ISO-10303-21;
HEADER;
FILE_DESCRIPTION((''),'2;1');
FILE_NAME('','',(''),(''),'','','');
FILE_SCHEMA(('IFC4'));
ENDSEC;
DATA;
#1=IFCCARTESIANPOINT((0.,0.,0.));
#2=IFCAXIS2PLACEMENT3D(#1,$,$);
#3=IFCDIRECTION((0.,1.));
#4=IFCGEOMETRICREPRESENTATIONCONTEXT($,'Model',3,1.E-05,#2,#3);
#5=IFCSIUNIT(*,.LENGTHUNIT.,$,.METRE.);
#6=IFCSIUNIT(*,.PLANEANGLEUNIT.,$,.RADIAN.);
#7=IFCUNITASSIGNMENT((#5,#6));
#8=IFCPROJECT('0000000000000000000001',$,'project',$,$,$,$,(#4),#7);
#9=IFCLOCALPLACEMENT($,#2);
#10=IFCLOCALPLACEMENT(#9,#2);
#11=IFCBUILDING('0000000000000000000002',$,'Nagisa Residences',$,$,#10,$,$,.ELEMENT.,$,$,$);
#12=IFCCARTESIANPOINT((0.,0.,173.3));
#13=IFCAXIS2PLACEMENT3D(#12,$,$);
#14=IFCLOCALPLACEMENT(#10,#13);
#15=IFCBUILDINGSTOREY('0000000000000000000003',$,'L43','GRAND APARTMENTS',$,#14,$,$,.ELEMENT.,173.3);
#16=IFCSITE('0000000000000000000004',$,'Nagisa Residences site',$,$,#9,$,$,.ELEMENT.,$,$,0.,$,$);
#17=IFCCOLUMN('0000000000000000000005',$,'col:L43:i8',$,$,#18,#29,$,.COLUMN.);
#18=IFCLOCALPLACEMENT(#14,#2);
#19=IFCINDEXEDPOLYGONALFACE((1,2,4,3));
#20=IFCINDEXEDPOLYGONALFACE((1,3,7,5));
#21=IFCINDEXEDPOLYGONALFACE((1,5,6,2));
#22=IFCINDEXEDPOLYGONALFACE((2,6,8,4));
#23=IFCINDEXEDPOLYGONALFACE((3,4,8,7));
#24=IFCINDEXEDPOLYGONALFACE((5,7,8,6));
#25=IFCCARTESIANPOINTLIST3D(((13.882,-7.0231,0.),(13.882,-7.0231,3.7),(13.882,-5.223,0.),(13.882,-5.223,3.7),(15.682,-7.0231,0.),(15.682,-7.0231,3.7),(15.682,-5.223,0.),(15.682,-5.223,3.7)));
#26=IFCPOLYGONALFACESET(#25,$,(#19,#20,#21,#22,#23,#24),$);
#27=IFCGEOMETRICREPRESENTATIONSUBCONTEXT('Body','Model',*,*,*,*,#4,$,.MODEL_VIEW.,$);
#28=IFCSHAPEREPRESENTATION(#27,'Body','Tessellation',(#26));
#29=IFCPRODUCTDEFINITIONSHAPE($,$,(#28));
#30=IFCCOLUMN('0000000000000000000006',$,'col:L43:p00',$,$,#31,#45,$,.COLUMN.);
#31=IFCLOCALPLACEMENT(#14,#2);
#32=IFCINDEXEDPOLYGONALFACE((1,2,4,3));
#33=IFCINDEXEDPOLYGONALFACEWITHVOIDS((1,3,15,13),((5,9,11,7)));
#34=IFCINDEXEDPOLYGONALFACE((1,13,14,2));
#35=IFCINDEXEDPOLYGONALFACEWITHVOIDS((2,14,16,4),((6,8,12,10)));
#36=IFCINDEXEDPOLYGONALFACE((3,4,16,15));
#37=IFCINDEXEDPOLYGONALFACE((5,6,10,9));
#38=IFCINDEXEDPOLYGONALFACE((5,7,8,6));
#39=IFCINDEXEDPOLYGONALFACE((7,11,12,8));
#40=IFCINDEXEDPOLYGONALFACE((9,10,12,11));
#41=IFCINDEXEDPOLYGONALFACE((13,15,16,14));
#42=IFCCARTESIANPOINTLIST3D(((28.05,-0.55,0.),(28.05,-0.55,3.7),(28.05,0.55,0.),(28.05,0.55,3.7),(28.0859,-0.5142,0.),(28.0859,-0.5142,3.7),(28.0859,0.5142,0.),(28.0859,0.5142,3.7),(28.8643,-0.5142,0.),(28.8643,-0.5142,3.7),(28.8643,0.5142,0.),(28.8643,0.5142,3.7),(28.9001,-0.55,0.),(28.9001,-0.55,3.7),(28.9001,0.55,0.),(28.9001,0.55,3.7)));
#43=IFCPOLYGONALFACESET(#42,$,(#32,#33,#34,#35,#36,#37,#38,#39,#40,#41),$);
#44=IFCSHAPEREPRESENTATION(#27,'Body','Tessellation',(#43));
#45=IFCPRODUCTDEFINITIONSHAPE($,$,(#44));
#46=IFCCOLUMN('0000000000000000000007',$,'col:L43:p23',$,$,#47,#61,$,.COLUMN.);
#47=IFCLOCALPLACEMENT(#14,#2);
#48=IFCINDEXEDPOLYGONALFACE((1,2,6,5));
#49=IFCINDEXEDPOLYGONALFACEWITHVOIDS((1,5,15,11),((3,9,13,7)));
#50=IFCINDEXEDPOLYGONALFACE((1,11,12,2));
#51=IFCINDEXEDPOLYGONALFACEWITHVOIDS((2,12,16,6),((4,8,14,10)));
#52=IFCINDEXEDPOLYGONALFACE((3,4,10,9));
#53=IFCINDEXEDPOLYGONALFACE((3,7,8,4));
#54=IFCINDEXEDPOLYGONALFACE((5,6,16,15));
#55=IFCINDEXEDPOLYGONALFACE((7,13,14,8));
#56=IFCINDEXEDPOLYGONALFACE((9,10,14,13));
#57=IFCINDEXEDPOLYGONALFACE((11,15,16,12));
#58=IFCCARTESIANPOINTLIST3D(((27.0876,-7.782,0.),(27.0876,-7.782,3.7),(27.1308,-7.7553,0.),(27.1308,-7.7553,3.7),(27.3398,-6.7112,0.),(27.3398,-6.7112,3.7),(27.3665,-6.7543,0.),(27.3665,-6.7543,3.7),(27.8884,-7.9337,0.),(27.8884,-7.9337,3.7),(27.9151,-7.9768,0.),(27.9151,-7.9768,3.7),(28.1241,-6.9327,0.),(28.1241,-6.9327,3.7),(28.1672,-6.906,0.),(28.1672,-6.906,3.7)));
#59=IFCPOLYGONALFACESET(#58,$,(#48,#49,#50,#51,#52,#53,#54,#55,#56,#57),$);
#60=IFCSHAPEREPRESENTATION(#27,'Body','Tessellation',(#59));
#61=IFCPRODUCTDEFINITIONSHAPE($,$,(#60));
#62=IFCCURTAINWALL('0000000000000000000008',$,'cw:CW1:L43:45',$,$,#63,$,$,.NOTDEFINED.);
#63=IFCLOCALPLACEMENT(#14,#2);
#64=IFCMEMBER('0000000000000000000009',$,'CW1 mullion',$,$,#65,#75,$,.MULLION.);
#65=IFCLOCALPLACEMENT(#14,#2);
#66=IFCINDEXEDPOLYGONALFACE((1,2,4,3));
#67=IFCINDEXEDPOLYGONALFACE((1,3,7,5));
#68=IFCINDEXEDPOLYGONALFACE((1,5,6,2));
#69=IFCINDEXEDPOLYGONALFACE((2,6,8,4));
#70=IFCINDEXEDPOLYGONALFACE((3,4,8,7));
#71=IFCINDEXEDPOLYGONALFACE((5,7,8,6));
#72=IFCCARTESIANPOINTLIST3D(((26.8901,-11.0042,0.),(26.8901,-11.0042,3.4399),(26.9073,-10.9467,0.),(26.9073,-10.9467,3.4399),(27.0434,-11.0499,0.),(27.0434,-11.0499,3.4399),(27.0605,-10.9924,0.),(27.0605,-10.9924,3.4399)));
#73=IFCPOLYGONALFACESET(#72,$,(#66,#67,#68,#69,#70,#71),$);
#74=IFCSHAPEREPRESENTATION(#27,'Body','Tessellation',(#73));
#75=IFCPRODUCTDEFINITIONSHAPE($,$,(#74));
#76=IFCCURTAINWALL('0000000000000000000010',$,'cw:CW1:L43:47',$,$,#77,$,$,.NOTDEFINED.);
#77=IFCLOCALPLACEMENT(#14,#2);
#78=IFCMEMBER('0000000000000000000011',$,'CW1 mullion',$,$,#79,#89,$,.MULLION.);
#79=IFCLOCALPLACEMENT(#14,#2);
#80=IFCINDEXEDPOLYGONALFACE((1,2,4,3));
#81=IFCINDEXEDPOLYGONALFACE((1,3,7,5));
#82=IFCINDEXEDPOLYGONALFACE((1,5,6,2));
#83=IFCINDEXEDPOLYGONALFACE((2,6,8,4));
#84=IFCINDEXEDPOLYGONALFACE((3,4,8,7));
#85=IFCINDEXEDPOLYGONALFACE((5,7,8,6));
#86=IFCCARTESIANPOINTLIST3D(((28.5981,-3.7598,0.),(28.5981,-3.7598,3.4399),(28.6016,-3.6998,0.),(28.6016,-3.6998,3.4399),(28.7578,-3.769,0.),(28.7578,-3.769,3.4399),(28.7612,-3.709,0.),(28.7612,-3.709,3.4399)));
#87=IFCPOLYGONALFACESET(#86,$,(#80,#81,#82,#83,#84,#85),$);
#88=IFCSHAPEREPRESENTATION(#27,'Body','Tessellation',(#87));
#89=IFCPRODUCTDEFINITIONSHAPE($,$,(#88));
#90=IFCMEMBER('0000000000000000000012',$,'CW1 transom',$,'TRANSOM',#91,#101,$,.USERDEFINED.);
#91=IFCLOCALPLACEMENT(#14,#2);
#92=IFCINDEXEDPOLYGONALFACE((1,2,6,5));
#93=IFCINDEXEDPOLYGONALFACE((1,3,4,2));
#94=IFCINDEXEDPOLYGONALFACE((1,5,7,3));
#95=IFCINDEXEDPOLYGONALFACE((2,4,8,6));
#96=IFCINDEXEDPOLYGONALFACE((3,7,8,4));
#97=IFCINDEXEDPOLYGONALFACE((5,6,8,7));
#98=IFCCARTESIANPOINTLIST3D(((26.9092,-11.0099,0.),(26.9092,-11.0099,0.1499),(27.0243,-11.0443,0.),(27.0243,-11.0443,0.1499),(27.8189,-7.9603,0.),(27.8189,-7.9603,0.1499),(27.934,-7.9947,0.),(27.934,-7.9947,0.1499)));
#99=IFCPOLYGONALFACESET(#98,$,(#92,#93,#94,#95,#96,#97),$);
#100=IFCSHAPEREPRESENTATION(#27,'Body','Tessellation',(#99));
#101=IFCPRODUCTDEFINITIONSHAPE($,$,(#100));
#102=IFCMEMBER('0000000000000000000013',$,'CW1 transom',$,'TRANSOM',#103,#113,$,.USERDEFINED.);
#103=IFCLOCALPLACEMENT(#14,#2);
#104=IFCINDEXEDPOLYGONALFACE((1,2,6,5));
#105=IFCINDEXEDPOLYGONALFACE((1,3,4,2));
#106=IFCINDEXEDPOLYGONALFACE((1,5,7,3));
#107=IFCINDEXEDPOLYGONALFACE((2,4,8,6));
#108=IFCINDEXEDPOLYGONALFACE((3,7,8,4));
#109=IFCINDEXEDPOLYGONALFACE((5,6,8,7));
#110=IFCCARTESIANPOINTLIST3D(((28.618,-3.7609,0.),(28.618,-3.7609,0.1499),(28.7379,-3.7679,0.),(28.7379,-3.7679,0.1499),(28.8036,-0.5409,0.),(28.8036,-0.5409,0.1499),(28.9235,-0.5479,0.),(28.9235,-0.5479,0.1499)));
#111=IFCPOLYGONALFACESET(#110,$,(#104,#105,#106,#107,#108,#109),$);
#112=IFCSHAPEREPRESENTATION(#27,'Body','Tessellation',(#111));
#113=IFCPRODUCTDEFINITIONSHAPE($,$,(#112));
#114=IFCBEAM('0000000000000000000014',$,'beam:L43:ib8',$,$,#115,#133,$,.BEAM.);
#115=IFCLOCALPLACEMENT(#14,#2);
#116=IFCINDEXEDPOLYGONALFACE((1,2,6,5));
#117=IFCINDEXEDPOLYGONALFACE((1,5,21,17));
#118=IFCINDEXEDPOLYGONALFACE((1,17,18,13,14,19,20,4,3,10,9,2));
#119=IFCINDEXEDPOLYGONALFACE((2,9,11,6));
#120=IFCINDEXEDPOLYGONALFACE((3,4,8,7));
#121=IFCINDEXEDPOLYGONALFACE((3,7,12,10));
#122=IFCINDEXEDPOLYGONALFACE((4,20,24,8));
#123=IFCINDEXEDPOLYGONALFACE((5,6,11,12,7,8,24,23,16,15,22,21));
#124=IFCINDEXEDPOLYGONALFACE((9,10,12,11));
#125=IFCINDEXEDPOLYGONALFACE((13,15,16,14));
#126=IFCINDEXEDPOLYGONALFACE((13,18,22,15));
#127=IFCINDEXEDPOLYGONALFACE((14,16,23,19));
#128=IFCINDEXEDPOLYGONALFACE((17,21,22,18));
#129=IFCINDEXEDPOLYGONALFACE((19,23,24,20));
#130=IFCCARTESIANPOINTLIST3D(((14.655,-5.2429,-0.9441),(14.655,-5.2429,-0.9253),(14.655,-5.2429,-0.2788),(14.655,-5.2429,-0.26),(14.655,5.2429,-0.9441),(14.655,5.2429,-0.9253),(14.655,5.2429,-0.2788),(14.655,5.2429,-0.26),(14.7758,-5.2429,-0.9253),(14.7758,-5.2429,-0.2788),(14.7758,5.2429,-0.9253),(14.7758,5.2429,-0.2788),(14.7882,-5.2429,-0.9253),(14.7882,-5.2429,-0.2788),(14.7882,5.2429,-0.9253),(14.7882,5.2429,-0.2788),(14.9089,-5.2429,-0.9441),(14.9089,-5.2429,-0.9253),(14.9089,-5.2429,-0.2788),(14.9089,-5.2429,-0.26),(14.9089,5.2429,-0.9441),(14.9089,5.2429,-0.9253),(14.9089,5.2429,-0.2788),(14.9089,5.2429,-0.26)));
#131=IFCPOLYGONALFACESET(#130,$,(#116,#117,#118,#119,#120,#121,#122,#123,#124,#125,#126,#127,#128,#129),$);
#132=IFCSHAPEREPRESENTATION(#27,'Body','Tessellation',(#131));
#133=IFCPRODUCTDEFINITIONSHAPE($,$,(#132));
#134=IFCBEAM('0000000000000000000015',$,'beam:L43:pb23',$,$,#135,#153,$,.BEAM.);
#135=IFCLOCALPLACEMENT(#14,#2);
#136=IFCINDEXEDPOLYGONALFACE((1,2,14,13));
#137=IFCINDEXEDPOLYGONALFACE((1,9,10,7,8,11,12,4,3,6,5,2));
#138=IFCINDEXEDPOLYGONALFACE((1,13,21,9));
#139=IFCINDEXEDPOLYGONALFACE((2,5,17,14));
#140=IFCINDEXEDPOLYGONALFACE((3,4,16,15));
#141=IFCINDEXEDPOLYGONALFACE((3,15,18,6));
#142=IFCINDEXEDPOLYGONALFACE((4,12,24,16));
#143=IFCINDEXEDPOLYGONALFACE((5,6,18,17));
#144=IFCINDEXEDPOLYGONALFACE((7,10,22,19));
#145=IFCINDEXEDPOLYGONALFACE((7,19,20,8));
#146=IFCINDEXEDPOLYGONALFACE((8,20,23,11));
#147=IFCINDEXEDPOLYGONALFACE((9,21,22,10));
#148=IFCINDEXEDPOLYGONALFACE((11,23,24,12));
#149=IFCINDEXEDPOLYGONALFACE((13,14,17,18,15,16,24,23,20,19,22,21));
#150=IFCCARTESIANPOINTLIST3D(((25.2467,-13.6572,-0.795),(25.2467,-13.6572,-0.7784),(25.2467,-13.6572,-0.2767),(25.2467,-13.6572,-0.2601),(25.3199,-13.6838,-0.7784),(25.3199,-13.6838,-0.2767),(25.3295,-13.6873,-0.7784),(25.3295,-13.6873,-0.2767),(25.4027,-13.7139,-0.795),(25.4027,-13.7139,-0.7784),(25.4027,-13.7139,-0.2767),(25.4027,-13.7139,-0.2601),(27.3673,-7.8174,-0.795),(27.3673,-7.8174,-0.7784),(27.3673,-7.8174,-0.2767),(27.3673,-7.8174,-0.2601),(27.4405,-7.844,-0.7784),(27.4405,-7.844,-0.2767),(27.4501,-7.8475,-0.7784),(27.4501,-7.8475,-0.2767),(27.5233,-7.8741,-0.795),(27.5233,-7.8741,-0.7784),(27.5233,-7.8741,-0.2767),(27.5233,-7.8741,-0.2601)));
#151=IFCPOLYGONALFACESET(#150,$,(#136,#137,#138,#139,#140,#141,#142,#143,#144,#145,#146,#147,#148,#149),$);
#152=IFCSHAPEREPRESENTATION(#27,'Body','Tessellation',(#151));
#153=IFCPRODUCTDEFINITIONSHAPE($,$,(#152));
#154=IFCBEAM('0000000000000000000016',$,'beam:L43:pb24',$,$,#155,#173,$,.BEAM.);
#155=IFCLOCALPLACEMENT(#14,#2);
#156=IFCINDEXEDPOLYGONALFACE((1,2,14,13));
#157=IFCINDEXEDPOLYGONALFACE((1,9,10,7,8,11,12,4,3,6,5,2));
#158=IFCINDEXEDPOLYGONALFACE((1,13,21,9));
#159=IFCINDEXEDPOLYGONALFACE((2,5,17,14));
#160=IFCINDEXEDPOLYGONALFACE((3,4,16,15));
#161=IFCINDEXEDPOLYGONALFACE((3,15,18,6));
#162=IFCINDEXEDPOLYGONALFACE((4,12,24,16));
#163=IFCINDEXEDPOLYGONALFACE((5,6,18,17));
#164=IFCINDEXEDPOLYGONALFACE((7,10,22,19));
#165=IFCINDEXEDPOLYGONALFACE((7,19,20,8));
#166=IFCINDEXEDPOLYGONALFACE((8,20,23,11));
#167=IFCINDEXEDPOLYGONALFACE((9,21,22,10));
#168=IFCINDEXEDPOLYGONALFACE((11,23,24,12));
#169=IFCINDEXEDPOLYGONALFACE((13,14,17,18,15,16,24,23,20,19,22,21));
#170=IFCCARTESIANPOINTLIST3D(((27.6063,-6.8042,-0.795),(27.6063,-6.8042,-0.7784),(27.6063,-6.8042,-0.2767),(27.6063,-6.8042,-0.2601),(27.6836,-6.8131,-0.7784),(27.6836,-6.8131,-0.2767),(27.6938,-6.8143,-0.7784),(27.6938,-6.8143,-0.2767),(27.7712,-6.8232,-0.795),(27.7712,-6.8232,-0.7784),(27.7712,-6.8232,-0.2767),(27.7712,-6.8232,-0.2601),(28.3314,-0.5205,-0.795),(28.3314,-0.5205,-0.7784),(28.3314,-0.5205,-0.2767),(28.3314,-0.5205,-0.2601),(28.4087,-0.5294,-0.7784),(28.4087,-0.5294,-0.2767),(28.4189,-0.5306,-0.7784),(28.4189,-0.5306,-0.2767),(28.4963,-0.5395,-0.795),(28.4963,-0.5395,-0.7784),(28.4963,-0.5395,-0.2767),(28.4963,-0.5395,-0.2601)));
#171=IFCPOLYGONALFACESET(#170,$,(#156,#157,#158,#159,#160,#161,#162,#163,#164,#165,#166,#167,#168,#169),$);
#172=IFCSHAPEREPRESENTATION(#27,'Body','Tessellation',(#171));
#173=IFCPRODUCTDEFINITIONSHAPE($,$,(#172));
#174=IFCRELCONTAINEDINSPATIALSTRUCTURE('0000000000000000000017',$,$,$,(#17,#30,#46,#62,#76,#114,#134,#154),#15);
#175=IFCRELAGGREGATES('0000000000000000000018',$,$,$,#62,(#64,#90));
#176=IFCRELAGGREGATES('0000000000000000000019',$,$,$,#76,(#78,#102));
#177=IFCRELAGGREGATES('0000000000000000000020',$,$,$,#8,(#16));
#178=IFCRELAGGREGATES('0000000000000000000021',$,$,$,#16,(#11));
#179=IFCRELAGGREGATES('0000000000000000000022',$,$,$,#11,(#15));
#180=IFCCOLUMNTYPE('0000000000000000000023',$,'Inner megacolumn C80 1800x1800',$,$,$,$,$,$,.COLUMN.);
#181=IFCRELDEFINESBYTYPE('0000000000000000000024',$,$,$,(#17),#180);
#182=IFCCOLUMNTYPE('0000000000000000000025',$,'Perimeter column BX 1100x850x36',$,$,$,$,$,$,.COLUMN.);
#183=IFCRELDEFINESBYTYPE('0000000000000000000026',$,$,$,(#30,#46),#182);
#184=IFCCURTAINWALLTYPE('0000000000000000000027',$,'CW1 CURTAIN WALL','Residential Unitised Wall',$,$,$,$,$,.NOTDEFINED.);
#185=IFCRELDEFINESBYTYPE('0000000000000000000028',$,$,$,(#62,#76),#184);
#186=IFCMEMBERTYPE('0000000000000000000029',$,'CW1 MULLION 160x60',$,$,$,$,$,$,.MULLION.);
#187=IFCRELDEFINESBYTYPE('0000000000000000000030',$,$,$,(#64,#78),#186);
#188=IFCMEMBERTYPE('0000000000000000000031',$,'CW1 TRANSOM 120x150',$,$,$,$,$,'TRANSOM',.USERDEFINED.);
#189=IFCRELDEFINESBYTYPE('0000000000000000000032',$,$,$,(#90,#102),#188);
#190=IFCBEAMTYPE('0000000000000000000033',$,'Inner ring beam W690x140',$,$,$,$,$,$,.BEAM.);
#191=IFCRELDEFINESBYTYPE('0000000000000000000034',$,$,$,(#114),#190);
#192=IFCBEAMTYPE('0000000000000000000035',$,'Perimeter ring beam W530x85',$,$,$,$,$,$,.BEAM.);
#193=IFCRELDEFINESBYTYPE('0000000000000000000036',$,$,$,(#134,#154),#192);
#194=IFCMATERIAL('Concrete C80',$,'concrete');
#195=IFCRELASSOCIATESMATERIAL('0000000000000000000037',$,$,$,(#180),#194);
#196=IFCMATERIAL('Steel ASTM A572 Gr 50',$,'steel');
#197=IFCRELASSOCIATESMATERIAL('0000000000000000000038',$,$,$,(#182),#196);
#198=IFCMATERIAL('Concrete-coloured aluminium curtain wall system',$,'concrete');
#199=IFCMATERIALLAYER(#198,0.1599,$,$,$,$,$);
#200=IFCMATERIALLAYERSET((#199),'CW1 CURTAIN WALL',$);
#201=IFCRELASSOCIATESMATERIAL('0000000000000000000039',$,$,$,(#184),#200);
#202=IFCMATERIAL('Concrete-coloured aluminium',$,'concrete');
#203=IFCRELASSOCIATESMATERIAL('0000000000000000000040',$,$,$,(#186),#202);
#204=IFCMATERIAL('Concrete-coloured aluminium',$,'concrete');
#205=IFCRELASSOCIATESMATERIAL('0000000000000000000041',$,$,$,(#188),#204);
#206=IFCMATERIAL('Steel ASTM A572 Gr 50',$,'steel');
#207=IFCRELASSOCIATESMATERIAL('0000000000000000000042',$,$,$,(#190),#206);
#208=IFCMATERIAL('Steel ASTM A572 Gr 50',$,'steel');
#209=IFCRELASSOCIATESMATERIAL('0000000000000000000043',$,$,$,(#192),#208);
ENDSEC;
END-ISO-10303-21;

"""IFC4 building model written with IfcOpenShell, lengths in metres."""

from ifc_helpers import new_model, si_unit, direction, frame, origin, origin_2d, place, context, subcontext, project, spatial, rectangle, hollow_rectangle, i_section, extrude, material, layer, layer_set, material_profile, profile_set, type_object, element, aggregate, save


model = new_model("IFC4")

# Units and contexts
model_context = context("Model", 3, precision=1e-05, world=origin(), true_north=direction((0.0, 1.0)))
body_context = subcontext(model_context, "Body", "Model", "MODEL_VIEW")
ifc_project = project(units=[si_unit("LENGTHUNIT", "METRE"), si_unit("PLANEANGLEUNIT", "RADIAN")], contexts=[model_context])

# Site, building, storey
site_placement = place(None, origin())
site = spatial("IfcSite", under=ifc_project, at=site_placement, Name="Nagisa Residences site", CompositionType="ELEMENT", RefElevation=0.0)
building_placement = place(site_placement, origin())
building = spatial("IfcBuilding", under=site, at=building_placement, Name="Nagisa Residences", CompositionType="ELEMENT")
storey_placement = place(building_placement, frame((0.0, 0.0, 173.3)))
storey = spatial("IfcBuildingStorey", under=building, at=storey_placement, Name="L43", Description="GRAND APARTMENTS", CompositionType="ELEMENT", Elevation=173.3)

# Columns
ifc_material_1 = material(Name="Concrete C80", Category="concrete")
ifc_material_profile_1 = material_profile(ifc_material_1, rectangle(XDim=1.8, YDim=1.8, at=origin_2d()), Name="C80 1800x1800")
ifc_profile_set_1 = profile_set([ifc_material_profile_1], Name="Concrete C80")
column_type_1 = type_object("IfcColumnType", Name="Inner megacolumn C80 1800x1800", PredefinedType="COLUMN", material=ifc_profile_set_1)
column_placement = place(storey_placement, frame((14.782, -6.123, 0.0), z_axis=(0.0, 0.0, 1.0), x_axis=(1.0, 0.0, 0.0)))
element("IfcColumn", 1, at=column_placement, inside=storey, type_object=column_type_1, Name="col:L43:i8", PredefinedType="COLUMN", context=body_context, shape_type="SweptSolid", body=[
    extrude(rectangle(XDim=1.8, YDim=1.8, at=origin_2d()), origin(), (0.0, 0.0, 1.0), 3.7),
])
ifc_material_2 = material(Name="Steel ASTM A572 Gr 50", Category="steel")
ifc_material_profile_2 = material_profile(ifc_material_2, hollow_rectangle(XDim=1.1001, YDim=0.8501, WallThickness=0.0359, at=origin_2d()), Name="BX 1100x850x36")
ifc_profile_set_2 = profile_set([ifc_material_profile_2], Name="Steel ASTM A572 Gr 50")
column_type_2 = type_object("IfcColumnType", Name="Perimeter column BX 1100x850x36", PredefinedType="COLUMN", material=ifc_profile_set_2)
for number, where, z_axis, x_axis, name in (
    (2, (28.4751, 0.0, 0.0), (0.0, 0.0, 1.0), (0.0, 1.0, 0.0), "col:L43:p00"),
    (3, (27.6274, -7.344, 0.0), (0.0, 0.0, 1.0), (0.229202, 0.973379, 0.0), "col:L43:p23"),
):
    element("IfcColumn", number, at=place(storey_placement, frame(where, z_axis=z_axis, x_axis=x_axis)), inside=storey, type_object=column_type_2, Name=name, PredefinedType="COLUMN", context=body_context, shape_type="SweptSolid", body=[
        extrude(hollow_rectangle(XDim=1.1001, YDim=0.8501, WallThickness=0.0359, at=origin_2d()), origin(), (0.0, 0.0, 1.0), 3.7),
    ])

# Curtain walls, members
ifc_material_3 = material(Name="Concrete-coloured aluminium curtain wall system", Category="concrete")
ifc_layer_1 = layer(ifc_material_3, 0.1599)
ifc_layer_set_1 = layer_set([ifc_layer_1], Name="CW1 CURTAIN WALL")
curtain_wall_type = type_object("IfcCurtainWallType", Name="CW1 CURTAIN WALL", Description="Residential Unitised Wall", PredefinedType="NOTDEFINED", material=ifc_layer_set_1)
curtain_wall_1_placement = place(storey_placement, origin())
curtain_wall_1 = element("IfcCurtainWall", 4, at=curtain_wall_1_placement, inside=storey, type_object=curtain_wall_type, Name="cw:CW1:L43:45", PredefinedType="NOTDEFINED")
ifc_material_4 = material(Name="Concrete-coloured aluminium", Category="concrete")
ifc_material_profile_3 = material_profile(ifc_material_4, rectangle(XDim=0.1599, YDim=0.0601, at=origin_2d()), Name="CW1 MULLION 160x60")
ifc_profile_set_3 = profile_set([ifc_material_profile_3], Name="Concrete-coloured aluminium")
member_type_1 = type_object("IfcMemberType", Name="CW1 MULLION 160x60", PredefinedType="MULLION", material=ifc_profile_set_3)
member_1_placement = place(storey_placement, frame((26.9753, -10.9983, 0.0), z_axis=(0.0, 0.0, 1.0), x_axis=(-0.958271, 0.28586, 0.0)))
member_1 = element("IfcMember", 5, at=member_1_placement, type_object=member_type_1, Name="CW1 mullion", PredefinedType="MULLION", context=body_context, shape_type="SweptSolid", body=[
    extrude(rectangle(XDim=0.1599, YDim=0.0601, at=origin_2d()), origin(), (0.0, 0.0, 1.0), 3.4399),
])
curtain_wall_2_placement = place(storey_placement, origin())
curtain_wall_2 = element("IfcCurtainWall", 6, at=curtain_wall_2_placement, inside=storey, type_object=curtain_wall_type, Name="cw:CW1:L43:47", PredefinedType="NOTDEFINED")
member_2_placement = place(storey_placement, frame((28.6797, -3.7344, 0.0), z_axis=(0.0, 0.0, 1.0), x_axis=(-0.998345, 0.057503, 0.0)))
member_2 = element("IfcMember", 7, at=member_2_placement, type_object=member_type_1, Name="CW1 mullion", PredefinedType="MULLION", context=body_context, shape_type="SweptSolid", body=[
    extrude(rectangle(XDim=0.1599, YDim=0.0601, at=origin_2d()), origin(), (0.0, 0.0, 1.0), 3.4399),
])

# Members
ifc_material_5 = material(Name="Concrete-coloured aluminium", Category="concrete")
ifc_material_profile_4 = material_profile(ifc_material_5, rectangle(XDim=0.1201, YDim=0.1499, at=origin_2d()), Name="CW1 TRANSOM 120x150")
ifc_profile_set_4 = profile_set([ifc_material_profile_4], Name="Concrete-coloured aluminium")
member_type_2 = type_object("IfcMemberType", Name="CW1 TRANSOM 120x150", ElementType="TRANSOM", PredefinedType="USERDEFINED", material=ifc_profile_set_4)
member_3_placement = place(storey_placement, frame((26.9668, -11.0271, 0.075), z_axis=(0.285848, 0.958275, 0.0), x_axis=(-0.958275, 0.285848, 0.0)))
member_3 = element("IfcMember", 8, at=member_3_placement, type_object=member_type_2, Name="CW1 transom", ObjectType="TRANSOM", PredefinedType="USERDEFINED", context=body_context, shape_type="SweptSolid", body=[
    extrude(rectangle(XDim=0.1201, YDim=0.1499, at=origin_2d()), origin(), (0.0, 0.0, 1.0), 3.1824),
])
member_4_placement = place(storey_placement, frame((28.678, -3.7644, 0.075), z_axis=(0.057528, 0.998344, 0.0), x_axis=(-0.998344, 0.057528, 0.0)))
member_4 = element("IfcMember", 9, at=member_4_placement, type_object=member_type_2, Name="CW1 transom", ObjectType="TRANSOM", PredefinedType="USERDEFINED", context=body_context, shape_type="SweptSolid", body=[
    extrude(rectangle(XDim=0.1201, YDim=0.1499, at=origin_2d()), origin(), (0.0, 0.0, 1.0), 3.2253),
])

# Beams
ifc_material_6 = material(Name="Steel ASTM A572 Gr 50", Category="steel")
ifc_material_profile_5 = material_profile(ifc_material_6, i_section(OverallWidth=0.2539, OverallDepth=0.6841, WebThickness=0.0125, FlangeThickness=0.0188, at=origin_2d()), Name="W690x140")
ifc_profile_set_5 = profile_set([ifc_material_profile_5], Name="Steel ASTM A572 Gr 50")
beam_type_1 = type_object("IfcBeamType", Name="Inner ring beam W690x140", PredefinedType="BEAM", material=ifc_profile_set_5)
beam_1_placement = place(storey_placement, frame((14.782, -5.2429, -0.6021), z_axis=(0.0, 1.0, 0.0), x_axis=(-1.0, 0.0, 0.0)))
element("IfcBeam", 10, at=beam_1_placement, inside=storey, type_object=beam_type_1, Name="beam:L43:ib8", PredefinedType="BEAM", context=body_context, shape_type="SweptSolid", body=[
    extrude(i_section(OverallWidth=0.2539, OverallDepth=0.6841, WebThickness=0.0125, FlangeThickness=0.0188, at=origin_2d()), origin(), (0.0, 0.0, 1.0), 10.4858),
])
ifc_material_7 = material(Name="Steel ASTM A572 Gr 50", Category="steel")
ifc_material_profile_6 = material_profile(ifc_material_7, i_section(OverallWidth=0.166, OverallDepth=0.5349, WebThickness=0.0103, FlangeThickness=0.0166, at=origin_2d()), Name="W530x85")
ifc_profile_set_6 = profile_set([ifc_material_profile_6], Name="Steel ASTM A572 Gr 50")
beam_type_2 = type_object("IfcBeamType", Name="Perimeter ring beam W530x85", PredefinedType="BEAM", material=ifc_profile_set_6)
beam_2_placement = place(storey_placement, frame((25.3247, -13.6855, -0.5276), z_axis=(0.34132, 0.939947, 0.0), x_axis=(-0.939947, 0.34132, 0.0)))
element("IfcBeam", 11, at=beam_2_placement, inside=storey, type_object=beam_type_2, Name="beam:L43:pb23", PredefinedType="BEAM", context=body_context, shape_type="SweptSolid", body=[
    extrude(i_section(OverallWidth=0.166, OverallDepth=0.5349, WebThickness=0.0103, FlangeThickness=0.0166, at=origin_2d()), origin(), (0.0, 0.0, 1.0), 6.2129),
])
beam_3_placement = place(storey_placement, frame((27.6887, -6.8137, -0.5276), z_axis=(0.114633, 0.993408, 0.0), x_axis=(-0.993408, 0.114633, 0.0)))
element("IfcBeam", 12, at=beam_3_placement, inside=storey, type_object=beam_type_2, Name="beam:L43:pb24", PredefinedType="BEAM", context=body_context, shape_type="SweptSolid", body=[
    extrude(i_section(OverallWidth=0.166, OverallDepth=0.5349, WebThickness=0.0103, FlangeThickness=0.0166, at=origin_2d()), origin(), (0.0, 0.0, 1.0), 6.3254),
])

aggregate(curtain_wall_1, [member_1, member_3])
aggregate(curtain_wall_2, [member_2, member_4])

save(model, "model.ifc")
